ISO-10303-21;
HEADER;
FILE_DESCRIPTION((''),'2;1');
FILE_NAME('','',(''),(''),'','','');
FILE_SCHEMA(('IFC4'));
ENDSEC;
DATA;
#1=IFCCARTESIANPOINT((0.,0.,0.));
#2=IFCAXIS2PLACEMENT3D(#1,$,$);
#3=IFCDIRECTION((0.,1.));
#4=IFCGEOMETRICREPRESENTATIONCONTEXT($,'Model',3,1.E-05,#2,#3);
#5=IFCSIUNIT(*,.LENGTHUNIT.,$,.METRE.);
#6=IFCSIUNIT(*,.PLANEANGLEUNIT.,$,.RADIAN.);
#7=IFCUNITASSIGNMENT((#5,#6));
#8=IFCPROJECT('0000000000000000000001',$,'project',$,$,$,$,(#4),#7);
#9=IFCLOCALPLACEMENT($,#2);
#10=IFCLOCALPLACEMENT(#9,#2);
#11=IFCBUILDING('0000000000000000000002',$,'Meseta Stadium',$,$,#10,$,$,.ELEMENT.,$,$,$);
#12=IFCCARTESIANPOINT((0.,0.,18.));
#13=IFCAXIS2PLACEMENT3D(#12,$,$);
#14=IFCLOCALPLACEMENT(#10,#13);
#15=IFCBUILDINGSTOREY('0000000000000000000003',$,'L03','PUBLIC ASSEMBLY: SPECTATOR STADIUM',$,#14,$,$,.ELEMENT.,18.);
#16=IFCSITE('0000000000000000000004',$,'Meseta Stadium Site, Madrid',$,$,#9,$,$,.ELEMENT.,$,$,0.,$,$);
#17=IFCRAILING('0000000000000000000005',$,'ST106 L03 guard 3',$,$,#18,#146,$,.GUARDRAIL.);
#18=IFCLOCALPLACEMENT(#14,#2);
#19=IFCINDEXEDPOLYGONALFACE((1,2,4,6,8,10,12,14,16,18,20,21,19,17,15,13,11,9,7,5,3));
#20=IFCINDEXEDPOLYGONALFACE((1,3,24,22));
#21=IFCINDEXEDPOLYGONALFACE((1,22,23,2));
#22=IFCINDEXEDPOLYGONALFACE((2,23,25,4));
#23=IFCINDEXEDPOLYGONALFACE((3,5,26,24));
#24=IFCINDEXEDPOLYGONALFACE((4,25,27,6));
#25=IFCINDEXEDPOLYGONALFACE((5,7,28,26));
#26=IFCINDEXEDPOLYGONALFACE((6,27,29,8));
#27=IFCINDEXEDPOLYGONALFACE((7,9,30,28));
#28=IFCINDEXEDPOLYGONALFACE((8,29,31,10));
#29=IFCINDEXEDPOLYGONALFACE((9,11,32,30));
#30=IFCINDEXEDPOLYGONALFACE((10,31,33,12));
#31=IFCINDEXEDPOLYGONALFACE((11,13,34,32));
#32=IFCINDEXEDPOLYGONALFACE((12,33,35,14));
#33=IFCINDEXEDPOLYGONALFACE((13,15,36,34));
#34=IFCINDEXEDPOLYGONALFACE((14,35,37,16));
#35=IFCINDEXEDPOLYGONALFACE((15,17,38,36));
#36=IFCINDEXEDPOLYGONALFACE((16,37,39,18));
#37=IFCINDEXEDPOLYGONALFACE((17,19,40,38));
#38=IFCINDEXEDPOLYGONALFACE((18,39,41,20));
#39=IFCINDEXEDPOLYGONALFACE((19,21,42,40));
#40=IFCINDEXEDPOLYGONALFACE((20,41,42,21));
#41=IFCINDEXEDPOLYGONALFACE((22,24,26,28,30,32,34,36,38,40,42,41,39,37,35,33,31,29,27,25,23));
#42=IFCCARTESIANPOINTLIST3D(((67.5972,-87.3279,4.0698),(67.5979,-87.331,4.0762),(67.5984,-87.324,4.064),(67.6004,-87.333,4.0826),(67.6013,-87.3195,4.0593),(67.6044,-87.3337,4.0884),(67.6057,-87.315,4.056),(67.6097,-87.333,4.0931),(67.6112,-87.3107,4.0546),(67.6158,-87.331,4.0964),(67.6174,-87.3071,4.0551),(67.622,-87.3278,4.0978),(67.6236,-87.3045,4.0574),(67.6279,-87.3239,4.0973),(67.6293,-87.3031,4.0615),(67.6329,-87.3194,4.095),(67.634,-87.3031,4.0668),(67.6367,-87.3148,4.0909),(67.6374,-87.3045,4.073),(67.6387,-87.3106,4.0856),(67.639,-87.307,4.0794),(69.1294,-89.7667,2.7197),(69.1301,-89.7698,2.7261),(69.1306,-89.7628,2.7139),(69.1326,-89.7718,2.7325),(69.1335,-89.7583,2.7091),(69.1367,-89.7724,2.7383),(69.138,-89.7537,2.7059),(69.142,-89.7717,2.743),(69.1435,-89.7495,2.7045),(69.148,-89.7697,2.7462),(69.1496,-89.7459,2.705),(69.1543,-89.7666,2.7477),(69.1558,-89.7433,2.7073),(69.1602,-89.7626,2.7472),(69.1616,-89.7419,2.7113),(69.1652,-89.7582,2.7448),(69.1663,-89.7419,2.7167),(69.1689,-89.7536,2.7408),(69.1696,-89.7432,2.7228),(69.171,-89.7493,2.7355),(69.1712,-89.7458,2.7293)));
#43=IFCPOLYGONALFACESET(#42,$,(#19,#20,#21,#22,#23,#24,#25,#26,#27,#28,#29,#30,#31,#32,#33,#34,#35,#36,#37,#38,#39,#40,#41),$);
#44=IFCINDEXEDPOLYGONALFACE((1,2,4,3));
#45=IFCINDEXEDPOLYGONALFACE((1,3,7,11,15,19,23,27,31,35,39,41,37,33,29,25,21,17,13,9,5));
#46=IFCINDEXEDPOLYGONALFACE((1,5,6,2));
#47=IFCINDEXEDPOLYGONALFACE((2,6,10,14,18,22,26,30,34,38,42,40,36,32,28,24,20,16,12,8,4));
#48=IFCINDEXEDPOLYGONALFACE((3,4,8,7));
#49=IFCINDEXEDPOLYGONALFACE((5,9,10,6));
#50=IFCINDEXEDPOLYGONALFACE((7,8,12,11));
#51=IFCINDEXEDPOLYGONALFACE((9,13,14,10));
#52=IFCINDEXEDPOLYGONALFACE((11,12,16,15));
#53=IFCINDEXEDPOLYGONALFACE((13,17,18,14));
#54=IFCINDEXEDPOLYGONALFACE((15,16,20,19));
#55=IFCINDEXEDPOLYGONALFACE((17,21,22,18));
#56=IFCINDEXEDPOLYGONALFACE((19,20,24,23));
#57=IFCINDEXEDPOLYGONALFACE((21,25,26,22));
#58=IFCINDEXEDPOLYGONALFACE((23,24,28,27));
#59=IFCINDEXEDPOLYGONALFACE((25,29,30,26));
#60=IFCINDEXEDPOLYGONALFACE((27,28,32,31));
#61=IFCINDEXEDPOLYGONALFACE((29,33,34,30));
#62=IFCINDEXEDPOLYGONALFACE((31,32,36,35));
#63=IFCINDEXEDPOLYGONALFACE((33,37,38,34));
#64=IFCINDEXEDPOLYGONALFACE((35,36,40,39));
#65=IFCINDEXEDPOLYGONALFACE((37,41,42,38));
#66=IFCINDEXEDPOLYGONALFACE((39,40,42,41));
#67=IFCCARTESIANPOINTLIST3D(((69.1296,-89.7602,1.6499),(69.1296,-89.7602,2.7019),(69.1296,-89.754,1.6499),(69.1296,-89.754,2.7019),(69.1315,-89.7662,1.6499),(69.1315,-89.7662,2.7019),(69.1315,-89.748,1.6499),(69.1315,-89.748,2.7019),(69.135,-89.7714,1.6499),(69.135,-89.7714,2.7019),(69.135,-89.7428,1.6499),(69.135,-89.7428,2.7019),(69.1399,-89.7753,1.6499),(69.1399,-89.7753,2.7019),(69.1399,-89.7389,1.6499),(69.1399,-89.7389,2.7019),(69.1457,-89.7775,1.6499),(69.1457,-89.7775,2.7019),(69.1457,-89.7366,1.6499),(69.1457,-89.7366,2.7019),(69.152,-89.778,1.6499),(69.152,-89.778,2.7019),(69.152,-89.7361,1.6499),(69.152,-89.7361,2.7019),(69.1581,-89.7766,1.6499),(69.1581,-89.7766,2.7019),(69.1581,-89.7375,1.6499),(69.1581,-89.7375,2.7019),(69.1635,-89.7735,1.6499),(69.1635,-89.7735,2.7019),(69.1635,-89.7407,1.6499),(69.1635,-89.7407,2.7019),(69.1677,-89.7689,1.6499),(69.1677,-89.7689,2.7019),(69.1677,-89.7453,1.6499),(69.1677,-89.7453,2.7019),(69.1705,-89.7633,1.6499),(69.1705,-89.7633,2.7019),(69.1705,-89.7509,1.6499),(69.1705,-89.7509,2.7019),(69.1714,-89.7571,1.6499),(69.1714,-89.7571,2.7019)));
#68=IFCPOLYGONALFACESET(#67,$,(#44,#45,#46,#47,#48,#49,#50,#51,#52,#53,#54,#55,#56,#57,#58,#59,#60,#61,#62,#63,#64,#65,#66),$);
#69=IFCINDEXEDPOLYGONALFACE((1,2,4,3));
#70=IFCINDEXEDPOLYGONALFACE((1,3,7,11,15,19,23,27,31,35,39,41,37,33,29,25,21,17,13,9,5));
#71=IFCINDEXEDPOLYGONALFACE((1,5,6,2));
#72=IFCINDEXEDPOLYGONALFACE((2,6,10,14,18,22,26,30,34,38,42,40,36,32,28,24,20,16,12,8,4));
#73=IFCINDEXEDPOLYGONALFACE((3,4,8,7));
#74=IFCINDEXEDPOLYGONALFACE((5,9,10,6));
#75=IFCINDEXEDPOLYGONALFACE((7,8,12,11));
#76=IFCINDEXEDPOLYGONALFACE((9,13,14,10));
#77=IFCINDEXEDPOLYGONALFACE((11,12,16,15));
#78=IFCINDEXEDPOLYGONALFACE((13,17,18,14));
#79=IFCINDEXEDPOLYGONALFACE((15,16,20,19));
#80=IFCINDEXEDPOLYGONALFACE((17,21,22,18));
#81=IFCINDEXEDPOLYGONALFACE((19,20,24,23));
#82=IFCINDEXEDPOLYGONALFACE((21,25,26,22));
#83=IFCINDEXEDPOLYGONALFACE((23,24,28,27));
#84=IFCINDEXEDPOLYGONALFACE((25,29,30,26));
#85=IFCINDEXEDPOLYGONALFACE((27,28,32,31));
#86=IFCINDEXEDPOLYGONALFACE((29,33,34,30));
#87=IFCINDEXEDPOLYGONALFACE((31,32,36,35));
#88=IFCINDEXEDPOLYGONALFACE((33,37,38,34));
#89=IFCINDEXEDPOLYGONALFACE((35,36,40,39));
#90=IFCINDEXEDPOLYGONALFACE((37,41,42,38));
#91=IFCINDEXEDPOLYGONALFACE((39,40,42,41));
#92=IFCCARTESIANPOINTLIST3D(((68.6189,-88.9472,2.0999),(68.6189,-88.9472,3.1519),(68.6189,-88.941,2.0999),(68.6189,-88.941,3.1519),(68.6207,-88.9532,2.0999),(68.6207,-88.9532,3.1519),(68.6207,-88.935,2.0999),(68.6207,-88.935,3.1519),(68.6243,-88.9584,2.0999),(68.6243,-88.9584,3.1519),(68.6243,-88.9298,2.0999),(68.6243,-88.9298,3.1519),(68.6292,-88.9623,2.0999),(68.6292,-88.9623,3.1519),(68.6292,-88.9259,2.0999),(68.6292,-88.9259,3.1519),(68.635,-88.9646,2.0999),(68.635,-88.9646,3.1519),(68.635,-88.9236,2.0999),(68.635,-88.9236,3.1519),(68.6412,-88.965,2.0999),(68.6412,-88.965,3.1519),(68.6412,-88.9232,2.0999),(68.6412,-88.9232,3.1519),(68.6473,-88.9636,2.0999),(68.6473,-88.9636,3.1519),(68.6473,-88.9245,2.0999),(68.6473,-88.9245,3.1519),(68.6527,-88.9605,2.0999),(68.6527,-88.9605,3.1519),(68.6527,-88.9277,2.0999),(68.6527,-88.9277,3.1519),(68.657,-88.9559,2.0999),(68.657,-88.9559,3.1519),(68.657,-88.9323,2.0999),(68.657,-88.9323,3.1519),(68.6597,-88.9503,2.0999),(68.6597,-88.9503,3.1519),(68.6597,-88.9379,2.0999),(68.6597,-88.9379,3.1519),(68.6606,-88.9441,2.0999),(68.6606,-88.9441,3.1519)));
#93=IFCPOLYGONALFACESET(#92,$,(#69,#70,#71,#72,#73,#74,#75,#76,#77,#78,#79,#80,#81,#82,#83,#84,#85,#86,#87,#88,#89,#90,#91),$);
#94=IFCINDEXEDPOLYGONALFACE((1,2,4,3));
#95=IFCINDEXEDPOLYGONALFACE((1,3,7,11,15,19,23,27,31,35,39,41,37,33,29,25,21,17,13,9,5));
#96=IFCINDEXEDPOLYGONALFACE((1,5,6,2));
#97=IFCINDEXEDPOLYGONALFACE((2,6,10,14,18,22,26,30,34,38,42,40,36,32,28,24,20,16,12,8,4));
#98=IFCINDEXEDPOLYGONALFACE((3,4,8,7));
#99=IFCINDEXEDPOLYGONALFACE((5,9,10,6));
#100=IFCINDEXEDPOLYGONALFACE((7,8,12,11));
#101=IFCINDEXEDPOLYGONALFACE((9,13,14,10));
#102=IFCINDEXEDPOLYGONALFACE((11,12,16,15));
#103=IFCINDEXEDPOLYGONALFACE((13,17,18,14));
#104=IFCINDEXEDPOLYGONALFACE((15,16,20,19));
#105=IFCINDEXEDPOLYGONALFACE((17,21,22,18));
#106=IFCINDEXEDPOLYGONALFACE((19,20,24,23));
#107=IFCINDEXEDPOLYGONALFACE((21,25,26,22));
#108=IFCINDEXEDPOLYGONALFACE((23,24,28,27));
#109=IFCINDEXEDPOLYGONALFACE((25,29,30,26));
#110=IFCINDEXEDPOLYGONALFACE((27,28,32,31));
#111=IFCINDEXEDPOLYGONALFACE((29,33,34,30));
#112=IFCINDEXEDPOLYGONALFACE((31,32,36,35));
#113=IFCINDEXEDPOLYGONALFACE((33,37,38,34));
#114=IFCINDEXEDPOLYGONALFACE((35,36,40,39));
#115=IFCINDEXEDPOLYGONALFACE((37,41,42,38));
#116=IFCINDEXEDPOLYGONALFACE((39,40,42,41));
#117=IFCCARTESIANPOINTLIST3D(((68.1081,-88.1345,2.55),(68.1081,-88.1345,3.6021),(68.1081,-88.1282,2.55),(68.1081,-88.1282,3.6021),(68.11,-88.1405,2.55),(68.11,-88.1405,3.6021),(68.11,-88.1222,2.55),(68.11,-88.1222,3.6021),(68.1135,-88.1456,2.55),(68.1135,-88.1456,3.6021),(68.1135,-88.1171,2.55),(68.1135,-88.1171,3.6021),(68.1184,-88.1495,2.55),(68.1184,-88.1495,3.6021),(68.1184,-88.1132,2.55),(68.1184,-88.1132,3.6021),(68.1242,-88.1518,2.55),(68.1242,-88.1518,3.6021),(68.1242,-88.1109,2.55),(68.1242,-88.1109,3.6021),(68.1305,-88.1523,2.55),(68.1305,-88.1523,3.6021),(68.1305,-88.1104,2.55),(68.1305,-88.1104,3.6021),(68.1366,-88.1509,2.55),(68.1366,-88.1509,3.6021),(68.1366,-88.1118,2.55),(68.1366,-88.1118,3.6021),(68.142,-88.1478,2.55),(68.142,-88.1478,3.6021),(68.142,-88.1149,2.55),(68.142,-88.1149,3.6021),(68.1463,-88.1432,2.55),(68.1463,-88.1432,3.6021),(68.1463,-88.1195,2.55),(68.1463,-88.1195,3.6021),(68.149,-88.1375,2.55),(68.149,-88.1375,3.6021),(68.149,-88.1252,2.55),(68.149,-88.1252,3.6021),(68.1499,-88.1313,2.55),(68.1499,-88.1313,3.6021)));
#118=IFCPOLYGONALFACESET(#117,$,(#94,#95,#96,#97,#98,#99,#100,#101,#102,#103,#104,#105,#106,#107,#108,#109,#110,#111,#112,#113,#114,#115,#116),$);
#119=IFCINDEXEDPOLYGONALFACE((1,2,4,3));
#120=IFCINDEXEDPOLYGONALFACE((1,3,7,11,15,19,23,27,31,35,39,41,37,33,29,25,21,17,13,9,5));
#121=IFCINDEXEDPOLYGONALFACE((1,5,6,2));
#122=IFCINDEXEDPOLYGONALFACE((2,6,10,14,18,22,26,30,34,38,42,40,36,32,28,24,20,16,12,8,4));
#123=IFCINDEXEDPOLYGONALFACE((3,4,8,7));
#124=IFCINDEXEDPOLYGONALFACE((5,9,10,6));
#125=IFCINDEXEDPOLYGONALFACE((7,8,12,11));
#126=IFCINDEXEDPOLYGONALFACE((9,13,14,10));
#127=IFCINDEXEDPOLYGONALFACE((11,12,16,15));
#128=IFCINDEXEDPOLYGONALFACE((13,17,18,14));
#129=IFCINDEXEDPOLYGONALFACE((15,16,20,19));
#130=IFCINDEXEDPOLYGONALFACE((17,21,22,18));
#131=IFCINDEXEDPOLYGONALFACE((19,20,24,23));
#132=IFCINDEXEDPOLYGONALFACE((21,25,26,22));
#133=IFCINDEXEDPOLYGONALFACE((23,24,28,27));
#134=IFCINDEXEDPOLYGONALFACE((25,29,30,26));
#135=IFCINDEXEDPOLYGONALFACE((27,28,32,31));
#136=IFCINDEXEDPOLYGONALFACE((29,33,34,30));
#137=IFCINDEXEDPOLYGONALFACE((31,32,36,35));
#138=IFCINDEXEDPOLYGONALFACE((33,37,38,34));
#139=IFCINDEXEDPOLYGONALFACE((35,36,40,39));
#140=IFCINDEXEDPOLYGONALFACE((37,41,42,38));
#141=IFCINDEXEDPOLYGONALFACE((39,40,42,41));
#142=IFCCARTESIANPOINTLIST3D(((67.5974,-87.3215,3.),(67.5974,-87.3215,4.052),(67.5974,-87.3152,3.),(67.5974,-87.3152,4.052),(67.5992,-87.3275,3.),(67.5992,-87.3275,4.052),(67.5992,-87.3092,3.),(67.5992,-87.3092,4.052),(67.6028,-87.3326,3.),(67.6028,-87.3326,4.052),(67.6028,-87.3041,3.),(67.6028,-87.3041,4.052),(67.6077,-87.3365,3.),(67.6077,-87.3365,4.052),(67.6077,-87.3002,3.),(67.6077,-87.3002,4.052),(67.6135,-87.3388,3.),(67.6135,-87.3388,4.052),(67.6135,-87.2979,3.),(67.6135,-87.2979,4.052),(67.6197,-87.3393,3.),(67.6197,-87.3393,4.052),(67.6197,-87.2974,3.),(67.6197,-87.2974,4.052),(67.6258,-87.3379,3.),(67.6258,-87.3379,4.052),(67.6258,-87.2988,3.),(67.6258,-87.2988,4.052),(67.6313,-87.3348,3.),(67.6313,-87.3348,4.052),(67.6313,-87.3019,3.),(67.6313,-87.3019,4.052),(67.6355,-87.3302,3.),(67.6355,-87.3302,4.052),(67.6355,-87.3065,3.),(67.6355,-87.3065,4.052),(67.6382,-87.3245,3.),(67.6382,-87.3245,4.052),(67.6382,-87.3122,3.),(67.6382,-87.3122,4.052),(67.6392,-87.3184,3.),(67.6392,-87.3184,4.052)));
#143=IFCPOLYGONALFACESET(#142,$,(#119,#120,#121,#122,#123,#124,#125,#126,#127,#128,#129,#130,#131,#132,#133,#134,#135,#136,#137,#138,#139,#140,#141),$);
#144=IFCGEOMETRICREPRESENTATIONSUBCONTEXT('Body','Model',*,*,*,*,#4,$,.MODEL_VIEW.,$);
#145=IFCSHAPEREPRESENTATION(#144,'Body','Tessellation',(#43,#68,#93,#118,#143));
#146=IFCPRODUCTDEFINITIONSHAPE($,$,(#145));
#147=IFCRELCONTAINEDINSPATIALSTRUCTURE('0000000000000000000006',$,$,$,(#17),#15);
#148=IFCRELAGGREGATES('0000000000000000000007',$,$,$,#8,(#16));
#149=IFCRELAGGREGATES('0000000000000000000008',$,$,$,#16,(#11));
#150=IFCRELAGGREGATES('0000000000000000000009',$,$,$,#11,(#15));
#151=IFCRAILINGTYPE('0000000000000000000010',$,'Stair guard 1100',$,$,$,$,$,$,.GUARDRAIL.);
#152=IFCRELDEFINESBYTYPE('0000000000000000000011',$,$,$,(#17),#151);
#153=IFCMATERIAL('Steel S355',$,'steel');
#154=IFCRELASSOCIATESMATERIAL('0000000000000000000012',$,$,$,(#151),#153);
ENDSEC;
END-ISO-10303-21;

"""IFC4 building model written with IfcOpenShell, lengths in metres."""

from ifc_helpers import new_model, si_unit, direction, frame, origin, origin_2d, place, context, subcontext, project, spatial, circle, extrude, material, type_object, element, save


model = new_model("IFC4")

# Units and contexts
model_context = context("Model", 3, precision=1e-05, world=origin(), true_north=direction((0.0, 1.0)))
body_context = subcontext(model_context, "Body", "Model", "MODEL_VIEW")
ifc_project = project(units=[si_unit("LENGTHUNIT", "METRE"), si_unit("PLANEANGLEUNIT", "RADIAN")], contexts=[model_context])

# Site, building, storey
site_placement = place(None, origin())
site = spatial("IfcSite", under=ifc_project, at=site_placement, Name="Meseta Stadium Site, Madrid", CompositionType="ELEMENT", RefElevation=0.0)
building_placement = place(site_placement, origin())
building = spatial("IfcBuilding", under=site, at=building_placement, Name="Meseta Stadium", CompositionType="ELEMENT")
storey_placement = place(building_placement, frame((0.0, 0.0, 18.0)))
storey = spatial("IfcBuildingStorey", under=building, at=storey_placement, Name="L03", Description="PUBLIC ASSEMBLY: SPECTATOR STADIUM", CompositionType="ELEMENT", Elevation=18.0)

# Railing
ifc_material_1 = material(Name="Steel S355", Category="steel")
railing_type_1 = type_object("IfcRailingType", Name="Stair guard 1100", PredefinedType="GUARDRAIL", material=ifc_material_1)
for number, where, name in (
    (1, (69.1504, -89.7571, 1.6499), "ST106 L03 guard 3"),
):
    element("IfcRailing", number, at=place(storey_placement, frame(where)), inside=storey, type_object=railing_type_1, Name=name, PredefinedType="GUARDRAIL", context=body_context, shape_type="SweptSolid", body=[
        extrude(circle(Radius=0.0239, at=origin_2d()), frame((0.0, 0.0, 1.0762), z_axis=(-0.481703, 0.766687, 0.424445), x_axis=(-0.846743, -0.532001, 0.0)), (0.0, 0.0, 1.0), 3.1809),
        extrude(circle(Radius=0.021, at=origin_2d()), origin(), (0.0, 0.0, 1.0), 1.052),
        extrude(circle(Radius=0.021, at=origin_2d()), frame((-0.5107, 0.813, 0.45)), (0.0, 0.0, 1.0), 1.052),
        extrude(circle(Radius=0.021, at=origin_2d()), frame((-1.0215, 1.6257, 0.9001)), (0.0, 0.0, 1.0), 1.052),
        extrude(circle(Radius=0.021, at=origin_2d()), frame((-1.5322, 2.4387, 1.3501)), (0.0, 0.0, 1.0), 1.052),
    ])

save(model, "model.ifc")
